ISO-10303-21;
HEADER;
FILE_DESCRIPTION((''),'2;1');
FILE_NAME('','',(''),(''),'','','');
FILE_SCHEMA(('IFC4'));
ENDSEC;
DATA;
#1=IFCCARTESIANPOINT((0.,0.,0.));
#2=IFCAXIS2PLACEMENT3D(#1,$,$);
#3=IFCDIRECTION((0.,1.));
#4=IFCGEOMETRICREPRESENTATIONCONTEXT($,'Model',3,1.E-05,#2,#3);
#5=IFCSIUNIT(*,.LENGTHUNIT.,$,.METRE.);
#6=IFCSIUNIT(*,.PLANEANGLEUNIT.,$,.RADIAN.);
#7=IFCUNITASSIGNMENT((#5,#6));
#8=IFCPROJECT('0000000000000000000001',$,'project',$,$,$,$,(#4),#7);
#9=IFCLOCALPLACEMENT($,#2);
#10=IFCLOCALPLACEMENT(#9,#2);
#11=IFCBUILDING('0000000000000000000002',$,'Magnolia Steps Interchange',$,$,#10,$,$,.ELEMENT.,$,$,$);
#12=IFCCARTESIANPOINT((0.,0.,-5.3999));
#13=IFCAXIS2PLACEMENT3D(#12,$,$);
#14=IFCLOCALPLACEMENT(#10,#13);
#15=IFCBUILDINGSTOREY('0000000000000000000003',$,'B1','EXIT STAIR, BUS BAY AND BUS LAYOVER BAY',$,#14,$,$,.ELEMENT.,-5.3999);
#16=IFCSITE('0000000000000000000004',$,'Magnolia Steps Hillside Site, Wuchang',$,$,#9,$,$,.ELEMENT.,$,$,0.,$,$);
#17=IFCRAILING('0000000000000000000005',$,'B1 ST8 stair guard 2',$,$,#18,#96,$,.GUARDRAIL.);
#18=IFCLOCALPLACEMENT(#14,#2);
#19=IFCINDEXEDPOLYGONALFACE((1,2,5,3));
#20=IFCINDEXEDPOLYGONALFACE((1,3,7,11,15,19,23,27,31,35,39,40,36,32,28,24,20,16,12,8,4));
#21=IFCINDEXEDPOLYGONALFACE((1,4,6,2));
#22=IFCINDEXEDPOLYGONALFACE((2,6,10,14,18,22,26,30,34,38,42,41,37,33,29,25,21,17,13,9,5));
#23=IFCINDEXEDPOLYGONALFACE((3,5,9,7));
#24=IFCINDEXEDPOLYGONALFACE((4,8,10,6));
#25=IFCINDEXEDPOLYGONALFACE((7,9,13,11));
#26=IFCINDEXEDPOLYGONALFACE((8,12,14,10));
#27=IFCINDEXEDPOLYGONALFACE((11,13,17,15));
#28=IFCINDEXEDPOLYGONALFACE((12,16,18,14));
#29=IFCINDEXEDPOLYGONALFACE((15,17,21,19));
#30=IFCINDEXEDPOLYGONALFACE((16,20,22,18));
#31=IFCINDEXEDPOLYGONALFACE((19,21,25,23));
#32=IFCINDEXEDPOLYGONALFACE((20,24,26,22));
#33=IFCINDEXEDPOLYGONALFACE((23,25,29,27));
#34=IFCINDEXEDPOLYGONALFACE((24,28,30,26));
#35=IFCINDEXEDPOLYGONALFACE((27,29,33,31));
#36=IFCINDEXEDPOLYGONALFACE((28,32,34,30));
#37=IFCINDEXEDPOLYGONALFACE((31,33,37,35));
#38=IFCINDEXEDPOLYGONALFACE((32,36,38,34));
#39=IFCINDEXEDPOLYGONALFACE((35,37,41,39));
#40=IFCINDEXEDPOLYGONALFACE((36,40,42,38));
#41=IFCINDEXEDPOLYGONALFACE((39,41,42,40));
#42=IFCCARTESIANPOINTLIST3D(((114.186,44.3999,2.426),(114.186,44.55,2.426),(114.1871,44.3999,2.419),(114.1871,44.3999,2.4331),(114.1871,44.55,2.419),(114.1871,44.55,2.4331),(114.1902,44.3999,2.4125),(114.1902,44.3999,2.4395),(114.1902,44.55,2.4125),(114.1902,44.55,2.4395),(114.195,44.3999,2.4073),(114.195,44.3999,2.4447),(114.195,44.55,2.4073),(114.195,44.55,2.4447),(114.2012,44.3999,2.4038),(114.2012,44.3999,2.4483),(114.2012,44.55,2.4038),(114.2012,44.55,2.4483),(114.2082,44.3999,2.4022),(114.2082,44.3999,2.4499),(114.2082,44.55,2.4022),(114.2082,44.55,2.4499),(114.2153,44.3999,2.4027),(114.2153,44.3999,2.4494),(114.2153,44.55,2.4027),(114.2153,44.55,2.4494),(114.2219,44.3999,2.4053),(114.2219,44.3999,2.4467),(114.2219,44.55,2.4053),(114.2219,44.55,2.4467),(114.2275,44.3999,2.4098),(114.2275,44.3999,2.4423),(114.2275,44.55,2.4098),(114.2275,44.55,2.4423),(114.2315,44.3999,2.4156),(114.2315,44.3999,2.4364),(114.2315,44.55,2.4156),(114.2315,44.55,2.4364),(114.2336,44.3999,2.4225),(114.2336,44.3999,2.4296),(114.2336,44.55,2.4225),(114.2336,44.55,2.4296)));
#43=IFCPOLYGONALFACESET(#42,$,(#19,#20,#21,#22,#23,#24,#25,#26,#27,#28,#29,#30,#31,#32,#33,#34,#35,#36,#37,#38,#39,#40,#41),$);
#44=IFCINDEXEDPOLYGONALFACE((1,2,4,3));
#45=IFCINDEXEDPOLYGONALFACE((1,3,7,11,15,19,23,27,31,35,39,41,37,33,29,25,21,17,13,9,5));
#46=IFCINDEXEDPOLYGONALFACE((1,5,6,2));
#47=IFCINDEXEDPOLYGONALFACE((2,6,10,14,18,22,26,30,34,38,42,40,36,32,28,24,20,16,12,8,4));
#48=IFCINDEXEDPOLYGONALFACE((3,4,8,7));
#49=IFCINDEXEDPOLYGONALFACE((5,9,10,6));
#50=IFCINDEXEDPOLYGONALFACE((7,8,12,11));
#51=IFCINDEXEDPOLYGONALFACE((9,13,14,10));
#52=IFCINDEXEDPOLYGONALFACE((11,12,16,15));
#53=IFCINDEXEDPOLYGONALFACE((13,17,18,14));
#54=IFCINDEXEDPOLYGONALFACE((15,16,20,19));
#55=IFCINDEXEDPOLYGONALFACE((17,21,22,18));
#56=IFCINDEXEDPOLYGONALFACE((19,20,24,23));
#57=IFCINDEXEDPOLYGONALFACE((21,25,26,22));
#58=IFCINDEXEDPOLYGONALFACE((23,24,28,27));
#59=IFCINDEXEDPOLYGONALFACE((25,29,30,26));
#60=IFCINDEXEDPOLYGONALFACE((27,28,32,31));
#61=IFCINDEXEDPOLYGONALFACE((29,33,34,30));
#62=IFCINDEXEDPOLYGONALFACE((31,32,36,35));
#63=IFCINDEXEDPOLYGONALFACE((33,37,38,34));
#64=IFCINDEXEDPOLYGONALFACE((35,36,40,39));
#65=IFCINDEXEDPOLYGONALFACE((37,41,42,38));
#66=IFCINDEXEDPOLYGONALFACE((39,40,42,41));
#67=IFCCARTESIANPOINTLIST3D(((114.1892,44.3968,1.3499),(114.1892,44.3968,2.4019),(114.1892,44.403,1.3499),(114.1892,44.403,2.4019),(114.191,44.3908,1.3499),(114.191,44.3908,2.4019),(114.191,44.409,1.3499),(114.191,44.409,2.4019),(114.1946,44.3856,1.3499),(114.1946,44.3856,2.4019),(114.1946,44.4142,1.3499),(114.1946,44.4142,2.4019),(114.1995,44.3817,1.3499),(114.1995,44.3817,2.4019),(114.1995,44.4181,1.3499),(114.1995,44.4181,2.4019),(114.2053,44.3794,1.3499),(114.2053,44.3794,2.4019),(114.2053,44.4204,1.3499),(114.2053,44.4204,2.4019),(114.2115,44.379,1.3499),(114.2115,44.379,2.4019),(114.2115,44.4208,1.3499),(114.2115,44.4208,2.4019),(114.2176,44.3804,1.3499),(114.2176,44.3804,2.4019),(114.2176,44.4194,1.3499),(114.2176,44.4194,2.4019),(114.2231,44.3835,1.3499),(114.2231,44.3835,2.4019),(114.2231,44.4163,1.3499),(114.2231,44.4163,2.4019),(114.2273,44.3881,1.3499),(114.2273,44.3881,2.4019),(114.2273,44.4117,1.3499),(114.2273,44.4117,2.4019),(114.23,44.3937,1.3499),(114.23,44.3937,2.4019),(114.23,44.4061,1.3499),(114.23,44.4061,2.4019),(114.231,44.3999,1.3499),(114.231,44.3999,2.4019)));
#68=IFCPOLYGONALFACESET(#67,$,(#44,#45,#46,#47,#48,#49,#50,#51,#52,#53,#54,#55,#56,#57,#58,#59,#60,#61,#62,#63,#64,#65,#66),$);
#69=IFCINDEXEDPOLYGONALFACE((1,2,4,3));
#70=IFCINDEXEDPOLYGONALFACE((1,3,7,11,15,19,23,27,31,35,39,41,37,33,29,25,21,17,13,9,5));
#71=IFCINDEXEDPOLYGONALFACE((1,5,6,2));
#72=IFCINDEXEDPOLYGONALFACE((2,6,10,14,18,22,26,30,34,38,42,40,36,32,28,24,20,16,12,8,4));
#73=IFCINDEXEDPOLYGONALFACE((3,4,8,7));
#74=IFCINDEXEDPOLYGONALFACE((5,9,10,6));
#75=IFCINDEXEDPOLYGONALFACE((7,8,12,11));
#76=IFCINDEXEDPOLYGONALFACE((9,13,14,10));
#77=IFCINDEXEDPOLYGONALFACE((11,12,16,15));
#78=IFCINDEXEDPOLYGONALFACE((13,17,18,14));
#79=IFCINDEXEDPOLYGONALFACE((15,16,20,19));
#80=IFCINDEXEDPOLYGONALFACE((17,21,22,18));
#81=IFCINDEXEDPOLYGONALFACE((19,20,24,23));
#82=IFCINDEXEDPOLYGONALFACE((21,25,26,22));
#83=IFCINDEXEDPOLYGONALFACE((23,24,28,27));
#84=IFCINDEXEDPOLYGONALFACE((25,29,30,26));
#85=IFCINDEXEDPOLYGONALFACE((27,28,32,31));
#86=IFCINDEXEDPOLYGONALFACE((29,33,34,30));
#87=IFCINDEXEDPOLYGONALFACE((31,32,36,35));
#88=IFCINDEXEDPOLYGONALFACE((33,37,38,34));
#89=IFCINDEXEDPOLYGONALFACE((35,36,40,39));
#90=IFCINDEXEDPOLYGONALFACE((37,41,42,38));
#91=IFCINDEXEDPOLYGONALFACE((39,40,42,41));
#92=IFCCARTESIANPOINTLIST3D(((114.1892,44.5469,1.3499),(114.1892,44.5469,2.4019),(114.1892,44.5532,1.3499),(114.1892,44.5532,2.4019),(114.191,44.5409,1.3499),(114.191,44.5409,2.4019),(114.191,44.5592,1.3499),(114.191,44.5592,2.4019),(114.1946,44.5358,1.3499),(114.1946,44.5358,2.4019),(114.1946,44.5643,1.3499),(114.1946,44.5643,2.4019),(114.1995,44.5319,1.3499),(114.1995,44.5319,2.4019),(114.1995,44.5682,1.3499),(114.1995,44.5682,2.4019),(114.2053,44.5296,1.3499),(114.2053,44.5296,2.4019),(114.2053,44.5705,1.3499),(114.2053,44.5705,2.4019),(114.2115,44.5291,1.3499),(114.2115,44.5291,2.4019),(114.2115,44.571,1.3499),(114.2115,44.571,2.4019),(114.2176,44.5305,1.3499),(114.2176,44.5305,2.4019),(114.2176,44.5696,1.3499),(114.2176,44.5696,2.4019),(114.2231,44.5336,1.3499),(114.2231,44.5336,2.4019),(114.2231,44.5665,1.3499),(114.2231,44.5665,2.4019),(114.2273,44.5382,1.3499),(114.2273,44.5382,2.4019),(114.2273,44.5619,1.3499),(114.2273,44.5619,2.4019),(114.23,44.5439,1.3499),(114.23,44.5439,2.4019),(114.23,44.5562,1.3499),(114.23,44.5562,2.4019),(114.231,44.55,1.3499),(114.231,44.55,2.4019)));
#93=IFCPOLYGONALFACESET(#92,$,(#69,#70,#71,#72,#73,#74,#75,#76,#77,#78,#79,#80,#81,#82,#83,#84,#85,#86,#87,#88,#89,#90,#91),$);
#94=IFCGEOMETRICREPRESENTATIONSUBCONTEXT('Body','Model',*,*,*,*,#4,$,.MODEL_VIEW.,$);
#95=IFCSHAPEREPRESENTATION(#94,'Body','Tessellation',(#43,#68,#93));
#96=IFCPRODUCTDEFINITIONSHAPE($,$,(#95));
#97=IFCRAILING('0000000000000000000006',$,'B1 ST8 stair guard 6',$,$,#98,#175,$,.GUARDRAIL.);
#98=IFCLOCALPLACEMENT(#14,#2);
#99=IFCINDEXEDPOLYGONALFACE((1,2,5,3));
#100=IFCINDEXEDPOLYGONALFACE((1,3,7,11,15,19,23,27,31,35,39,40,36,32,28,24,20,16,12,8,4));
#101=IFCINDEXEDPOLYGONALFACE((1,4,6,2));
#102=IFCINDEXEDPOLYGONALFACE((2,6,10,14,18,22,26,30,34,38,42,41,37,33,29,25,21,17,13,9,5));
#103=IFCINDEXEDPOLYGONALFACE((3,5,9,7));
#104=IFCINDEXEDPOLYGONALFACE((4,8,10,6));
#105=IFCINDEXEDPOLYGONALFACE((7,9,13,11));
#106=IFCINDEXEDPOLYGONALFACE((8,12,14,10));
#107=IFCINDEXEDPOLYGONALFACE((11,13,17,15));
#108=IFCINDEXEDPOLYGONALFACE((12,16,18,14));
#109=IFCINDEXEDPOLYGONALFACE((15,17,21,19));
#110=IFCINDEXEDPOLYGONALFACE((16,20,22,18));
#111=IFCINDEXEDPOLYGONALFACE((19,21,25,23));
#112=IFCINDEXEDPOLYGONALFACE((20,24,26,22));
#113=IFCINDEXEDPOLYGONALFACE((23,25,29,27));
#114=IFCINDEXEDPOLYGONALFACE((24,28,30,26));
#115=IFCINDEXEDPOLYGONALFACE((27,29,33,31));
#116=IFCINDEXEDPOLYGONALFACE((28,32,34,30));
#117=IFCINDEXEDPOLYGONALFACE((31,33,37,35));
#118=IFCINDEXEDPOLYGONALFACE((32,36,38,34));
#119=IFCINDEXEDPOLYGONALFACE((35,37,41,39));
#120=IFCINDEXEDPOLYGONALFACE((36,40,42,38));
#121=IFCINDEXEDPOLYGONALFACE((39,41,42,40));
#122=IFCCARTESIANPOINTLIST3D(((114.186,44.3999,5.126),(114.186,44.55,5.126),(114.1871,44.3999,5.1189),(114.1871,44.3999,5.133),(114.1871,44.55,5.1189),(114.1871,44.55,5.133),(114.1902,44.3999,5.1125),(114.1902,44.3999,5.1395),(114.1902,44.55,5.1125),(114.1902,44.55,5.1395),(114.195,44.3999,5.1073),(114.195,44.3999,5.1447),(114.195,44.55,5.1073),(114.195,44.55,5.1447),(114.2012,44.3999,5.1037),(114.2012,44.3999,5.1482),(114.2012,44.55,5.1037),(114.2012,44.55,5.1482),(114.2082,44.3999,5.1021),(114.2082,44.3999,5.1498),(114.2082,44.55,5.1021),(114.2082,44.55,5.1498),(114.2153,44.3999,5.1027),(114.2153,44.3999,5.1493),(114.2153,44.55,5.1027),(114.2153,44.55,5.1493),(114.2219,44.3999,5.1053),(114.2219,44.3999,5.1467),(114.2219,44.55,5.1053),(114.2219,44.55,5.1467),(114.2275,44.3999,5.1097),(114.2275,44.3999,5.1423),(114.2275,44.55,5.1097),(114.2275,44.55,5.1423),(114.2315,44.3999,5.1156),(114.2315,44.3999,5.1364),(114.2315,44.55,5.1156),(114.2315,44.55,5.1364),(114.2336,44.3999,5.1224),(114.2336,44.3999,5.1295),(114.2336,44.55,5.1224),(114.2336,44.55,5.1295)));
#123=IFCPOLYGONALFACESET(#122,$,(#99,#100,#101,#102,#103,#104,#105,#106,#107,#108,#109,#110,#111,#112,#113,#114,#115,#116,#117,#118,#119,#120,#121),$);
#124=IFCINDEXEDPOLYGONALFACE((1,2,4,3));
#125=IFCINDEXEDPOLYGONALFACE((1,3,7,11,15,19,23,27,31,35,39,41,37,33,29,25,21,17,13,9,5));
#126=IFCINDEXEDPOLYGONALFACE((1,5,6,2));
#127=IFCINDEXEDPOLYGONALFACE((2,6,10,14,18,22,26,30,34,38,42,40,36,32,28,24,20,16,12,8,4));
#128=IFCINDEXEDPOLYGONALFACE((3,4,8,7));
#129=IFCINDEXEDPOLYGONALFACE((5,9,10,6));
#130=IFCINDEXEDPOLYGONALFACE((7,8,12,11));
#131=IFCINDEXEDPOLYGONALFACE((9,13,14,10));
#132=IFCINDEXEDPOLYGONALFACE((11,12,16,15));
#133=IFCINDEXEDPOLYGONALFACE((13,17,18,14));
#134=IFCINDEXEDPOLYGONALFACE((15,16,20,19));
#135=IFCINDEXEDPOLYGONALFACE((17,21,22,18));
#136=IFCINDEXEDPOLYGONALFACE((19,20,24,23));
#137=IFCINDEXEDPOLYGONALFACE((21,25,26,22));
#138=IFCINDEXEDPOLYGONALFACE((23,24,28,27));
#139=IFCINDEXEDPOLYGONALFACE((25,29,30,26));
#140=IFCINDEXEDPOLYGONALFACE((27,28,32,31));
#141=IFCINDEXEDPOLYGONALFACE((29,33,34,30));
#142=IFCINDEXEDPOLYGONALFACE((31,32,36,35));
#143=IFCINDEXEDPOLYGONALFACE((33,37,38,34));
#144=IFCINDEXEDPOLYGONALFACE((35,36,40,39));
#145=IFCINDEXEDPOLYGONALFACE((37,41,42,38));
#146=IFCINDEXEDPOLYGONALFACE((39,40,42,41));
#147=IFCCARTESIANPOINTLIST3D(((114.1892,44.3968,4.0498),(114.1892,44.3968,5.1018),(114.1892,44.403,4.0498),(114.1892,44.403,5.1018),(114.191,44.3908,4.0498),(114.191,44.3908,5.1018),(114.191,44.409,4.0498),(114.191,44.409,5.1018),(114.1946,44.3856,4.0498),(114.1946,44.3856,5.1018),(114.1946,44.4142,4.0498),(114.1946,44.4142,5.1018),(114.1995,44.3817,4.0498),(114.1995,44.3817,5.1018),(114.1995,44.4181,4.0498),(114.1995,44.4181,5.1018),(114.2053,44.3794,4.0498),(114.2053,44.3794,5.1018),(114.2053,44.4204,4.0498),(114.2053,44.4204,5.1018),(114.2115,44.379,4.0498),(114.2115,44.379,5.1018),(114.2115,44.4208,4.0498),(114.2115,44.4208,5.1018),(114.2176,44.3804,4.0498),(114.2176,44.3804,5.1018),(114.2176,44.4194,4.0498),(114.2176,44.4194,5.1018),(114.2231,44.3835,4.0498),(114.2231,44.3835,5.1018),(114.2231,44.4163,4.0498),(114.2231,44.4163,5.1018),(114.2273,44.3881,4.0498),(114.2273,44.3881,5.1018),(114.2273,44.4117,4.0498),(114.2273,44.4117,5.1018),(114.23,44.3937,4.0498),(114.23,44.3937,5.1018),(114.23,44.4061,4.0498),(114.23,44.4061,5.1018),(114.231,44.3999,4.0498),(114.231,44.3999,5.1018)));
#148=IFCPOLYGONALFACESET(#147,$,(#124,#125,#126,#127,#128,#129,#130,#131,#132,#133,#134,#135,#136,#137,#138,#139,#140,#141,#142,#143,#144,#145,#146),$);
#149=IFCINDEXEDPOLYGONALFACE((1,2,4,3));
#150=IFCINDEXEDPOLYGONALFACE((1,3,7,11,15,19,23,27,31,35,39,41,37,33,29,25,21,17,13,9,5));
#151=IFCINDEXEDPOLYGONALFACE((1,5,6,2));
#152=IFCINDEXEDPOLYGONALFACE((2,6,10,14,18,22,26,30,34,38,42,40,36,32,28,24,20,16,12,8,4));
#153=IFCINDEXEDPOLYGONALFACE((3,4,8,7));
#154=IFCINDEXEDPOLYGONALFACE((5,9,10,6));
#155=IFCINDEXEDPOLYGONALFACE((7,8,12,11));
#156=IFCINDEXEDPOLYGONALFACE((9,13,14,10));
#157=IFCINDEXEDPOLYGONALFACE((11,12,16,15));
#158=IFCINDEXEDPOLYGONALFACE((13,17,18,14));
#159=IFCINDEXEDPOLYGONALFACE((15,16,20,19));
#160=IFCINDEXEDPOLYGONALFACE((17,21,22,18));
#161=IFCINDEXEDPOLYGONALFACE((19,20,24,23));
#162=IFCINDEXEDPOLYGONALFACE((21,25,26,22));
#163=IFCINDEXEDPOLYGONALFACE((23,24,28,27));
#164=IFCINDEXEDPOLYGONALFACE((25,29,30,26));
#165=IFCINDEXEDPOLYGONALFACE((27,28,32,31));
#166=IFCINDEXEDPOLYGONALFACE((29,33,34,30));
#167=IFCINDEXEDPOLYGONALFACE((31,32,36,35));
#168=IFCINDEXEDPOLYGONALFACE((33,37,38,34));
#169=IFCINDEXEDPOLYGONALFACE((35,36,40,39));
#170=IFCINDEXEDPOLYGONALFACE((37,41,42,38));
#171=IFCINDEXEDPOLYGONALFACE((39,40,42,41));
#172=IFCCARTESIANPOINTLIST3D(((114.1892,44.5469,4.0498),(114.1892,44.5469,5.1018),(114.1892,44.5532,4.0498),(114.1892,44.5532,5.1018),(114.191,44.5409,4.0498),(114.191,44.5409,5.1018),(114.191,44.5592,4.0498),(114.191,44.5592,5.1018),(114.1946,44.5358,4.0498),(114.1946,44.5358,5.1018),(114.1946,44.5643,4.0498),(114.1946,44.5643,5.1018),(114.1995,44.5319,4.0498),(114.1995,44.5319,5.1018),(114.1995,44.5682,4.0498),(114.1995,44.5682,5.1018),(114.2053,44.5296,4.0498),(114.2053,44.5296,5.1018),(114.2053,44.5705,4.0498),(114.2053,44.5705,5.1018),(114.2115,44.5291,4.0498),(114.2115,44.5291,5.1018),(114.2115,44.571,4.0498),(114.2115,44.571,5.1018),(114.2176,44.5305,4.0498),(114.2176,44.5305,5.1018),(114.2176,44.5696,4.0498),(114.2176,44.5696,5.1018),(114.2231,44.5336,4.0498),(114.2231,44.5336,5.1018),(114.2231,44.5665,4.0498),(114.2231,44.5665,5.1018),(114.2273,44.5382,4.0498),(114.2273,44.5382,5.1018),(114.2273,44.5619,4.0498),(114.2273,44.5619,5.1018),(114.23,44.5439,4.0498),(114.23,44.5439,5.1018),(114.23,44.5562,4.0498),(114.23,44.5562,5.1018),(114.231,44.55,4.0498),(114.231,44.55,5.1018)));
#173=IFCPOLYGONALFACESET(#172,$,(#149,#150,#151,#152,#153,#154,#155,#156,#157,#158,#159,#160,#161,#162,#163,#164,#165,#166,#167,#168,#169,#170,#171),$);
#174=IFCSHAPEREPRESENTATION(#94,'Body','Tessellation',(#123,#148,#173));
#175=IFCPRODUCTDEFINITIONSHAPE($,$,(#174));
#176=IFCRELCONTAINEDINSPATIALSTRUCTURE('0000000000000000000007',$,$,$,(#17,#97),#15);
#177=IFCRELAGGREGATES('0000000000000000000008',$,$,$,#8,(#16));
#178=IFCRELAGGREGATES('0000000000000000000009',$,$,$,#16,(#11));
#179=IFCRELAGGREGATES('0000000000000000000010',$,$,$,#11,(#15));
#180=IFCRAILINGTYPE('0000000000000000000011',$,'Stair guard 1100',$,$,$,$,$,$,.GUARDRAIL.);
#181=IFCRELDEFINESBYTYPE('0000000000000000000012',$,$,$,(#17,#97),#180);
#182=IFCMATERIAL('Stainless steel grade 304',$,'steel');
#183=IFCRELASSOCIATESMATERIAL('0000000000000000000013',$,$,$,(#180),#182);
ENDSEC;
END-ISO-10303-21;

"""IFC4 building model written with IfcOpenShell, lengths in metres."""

from ifc_helpers import new_model, si_unit, direction, frame, origin, origin_2d, place, context, subcontext, project, spatial, circle, extrude, material, type_object, element, save


model = new_model("IFC4")

# Units and contexts
model_context = context("Model", 3, precision=1e-05, world=origin(), true_north=direction((0.0, 1.0)))
body_context = subcontext(model_context, "Body", "Model", "MODEL_VIEW")
ifc_project = project(units=[si_unit("LENGTHUNIT", "METRE"), si_unit("PLANEANGLEUNIT", "RADIAN")], contexts=[model_context])

# Site, building, storey
site_placement = place(None, origin())
site = spatial("IfcSite", under=ifc_project, at=site_placement, Name="Magnolia Steps Hillside Site, Wuchang", CompositionType="ELEMENT", RefElevation=0.0)
building_placement = place(site_placement, origin())
building = spatial("IfcBuilding", under=site, at=building_placement, Name="Magnolia Steps Interchange", CompositionType="ELEMENT")
storey_placement = place(building_placement, frame((0.0, 0.0, -5.3999)))
storey = spatial("IfcBuildingStorey", under=building, at=storey_placement, Name="B1", Description="EXIT STAIR, BUS BAY AND BUS LAYOVER BAY", CompositionType="ELEMENT", Elevation=-5.3999)

# Railings
ifc_material_1 = material(Name="Stainless steel grade 304", Category="steel")
railing_type_1 = type_object("IfcRailingType", Name="Stair guard 1100", PredefinedType="GUARDRAIL", material=ifc_material_1)
for number, where, name in (
    (1, (114.21, 44.3999, 1.3499), "B1 ST8 stair guard 2"),
    (2, (114.21, 44.3999, 4.0498), "B1 ST8 stair guard 6"),
):
    element("IfcRailing", number, at=place(storey_placement, frame(where)), inside=storey, type_object=railing_type_1, Name=name, PredefinedType="GUARDRAIL", context=body_context, shape_type="SweptSolid", body=[
        extrude(circle(Radius=0.0239, at=origin_2d()), frame((0.0, 0.0, 1.0762), z_axis=(0.0, 1.0, 0.0), x_axis=(-1.0, 0.0, 0.0)), (0.0, 0.0, 1.0), 0.1501),
        extrude(circle(Radius=0.021, at=origin_2d()), origin(), (0.0, 0.0, 1.0), 1.052),
        extrude(circle(Radius=0.021, at=origin_2d()), frame((0.0, 0.1501, 0.0)), (0.0, 0.0, 1.0), 1.052),
    ])

save(model, "model.ifc")
